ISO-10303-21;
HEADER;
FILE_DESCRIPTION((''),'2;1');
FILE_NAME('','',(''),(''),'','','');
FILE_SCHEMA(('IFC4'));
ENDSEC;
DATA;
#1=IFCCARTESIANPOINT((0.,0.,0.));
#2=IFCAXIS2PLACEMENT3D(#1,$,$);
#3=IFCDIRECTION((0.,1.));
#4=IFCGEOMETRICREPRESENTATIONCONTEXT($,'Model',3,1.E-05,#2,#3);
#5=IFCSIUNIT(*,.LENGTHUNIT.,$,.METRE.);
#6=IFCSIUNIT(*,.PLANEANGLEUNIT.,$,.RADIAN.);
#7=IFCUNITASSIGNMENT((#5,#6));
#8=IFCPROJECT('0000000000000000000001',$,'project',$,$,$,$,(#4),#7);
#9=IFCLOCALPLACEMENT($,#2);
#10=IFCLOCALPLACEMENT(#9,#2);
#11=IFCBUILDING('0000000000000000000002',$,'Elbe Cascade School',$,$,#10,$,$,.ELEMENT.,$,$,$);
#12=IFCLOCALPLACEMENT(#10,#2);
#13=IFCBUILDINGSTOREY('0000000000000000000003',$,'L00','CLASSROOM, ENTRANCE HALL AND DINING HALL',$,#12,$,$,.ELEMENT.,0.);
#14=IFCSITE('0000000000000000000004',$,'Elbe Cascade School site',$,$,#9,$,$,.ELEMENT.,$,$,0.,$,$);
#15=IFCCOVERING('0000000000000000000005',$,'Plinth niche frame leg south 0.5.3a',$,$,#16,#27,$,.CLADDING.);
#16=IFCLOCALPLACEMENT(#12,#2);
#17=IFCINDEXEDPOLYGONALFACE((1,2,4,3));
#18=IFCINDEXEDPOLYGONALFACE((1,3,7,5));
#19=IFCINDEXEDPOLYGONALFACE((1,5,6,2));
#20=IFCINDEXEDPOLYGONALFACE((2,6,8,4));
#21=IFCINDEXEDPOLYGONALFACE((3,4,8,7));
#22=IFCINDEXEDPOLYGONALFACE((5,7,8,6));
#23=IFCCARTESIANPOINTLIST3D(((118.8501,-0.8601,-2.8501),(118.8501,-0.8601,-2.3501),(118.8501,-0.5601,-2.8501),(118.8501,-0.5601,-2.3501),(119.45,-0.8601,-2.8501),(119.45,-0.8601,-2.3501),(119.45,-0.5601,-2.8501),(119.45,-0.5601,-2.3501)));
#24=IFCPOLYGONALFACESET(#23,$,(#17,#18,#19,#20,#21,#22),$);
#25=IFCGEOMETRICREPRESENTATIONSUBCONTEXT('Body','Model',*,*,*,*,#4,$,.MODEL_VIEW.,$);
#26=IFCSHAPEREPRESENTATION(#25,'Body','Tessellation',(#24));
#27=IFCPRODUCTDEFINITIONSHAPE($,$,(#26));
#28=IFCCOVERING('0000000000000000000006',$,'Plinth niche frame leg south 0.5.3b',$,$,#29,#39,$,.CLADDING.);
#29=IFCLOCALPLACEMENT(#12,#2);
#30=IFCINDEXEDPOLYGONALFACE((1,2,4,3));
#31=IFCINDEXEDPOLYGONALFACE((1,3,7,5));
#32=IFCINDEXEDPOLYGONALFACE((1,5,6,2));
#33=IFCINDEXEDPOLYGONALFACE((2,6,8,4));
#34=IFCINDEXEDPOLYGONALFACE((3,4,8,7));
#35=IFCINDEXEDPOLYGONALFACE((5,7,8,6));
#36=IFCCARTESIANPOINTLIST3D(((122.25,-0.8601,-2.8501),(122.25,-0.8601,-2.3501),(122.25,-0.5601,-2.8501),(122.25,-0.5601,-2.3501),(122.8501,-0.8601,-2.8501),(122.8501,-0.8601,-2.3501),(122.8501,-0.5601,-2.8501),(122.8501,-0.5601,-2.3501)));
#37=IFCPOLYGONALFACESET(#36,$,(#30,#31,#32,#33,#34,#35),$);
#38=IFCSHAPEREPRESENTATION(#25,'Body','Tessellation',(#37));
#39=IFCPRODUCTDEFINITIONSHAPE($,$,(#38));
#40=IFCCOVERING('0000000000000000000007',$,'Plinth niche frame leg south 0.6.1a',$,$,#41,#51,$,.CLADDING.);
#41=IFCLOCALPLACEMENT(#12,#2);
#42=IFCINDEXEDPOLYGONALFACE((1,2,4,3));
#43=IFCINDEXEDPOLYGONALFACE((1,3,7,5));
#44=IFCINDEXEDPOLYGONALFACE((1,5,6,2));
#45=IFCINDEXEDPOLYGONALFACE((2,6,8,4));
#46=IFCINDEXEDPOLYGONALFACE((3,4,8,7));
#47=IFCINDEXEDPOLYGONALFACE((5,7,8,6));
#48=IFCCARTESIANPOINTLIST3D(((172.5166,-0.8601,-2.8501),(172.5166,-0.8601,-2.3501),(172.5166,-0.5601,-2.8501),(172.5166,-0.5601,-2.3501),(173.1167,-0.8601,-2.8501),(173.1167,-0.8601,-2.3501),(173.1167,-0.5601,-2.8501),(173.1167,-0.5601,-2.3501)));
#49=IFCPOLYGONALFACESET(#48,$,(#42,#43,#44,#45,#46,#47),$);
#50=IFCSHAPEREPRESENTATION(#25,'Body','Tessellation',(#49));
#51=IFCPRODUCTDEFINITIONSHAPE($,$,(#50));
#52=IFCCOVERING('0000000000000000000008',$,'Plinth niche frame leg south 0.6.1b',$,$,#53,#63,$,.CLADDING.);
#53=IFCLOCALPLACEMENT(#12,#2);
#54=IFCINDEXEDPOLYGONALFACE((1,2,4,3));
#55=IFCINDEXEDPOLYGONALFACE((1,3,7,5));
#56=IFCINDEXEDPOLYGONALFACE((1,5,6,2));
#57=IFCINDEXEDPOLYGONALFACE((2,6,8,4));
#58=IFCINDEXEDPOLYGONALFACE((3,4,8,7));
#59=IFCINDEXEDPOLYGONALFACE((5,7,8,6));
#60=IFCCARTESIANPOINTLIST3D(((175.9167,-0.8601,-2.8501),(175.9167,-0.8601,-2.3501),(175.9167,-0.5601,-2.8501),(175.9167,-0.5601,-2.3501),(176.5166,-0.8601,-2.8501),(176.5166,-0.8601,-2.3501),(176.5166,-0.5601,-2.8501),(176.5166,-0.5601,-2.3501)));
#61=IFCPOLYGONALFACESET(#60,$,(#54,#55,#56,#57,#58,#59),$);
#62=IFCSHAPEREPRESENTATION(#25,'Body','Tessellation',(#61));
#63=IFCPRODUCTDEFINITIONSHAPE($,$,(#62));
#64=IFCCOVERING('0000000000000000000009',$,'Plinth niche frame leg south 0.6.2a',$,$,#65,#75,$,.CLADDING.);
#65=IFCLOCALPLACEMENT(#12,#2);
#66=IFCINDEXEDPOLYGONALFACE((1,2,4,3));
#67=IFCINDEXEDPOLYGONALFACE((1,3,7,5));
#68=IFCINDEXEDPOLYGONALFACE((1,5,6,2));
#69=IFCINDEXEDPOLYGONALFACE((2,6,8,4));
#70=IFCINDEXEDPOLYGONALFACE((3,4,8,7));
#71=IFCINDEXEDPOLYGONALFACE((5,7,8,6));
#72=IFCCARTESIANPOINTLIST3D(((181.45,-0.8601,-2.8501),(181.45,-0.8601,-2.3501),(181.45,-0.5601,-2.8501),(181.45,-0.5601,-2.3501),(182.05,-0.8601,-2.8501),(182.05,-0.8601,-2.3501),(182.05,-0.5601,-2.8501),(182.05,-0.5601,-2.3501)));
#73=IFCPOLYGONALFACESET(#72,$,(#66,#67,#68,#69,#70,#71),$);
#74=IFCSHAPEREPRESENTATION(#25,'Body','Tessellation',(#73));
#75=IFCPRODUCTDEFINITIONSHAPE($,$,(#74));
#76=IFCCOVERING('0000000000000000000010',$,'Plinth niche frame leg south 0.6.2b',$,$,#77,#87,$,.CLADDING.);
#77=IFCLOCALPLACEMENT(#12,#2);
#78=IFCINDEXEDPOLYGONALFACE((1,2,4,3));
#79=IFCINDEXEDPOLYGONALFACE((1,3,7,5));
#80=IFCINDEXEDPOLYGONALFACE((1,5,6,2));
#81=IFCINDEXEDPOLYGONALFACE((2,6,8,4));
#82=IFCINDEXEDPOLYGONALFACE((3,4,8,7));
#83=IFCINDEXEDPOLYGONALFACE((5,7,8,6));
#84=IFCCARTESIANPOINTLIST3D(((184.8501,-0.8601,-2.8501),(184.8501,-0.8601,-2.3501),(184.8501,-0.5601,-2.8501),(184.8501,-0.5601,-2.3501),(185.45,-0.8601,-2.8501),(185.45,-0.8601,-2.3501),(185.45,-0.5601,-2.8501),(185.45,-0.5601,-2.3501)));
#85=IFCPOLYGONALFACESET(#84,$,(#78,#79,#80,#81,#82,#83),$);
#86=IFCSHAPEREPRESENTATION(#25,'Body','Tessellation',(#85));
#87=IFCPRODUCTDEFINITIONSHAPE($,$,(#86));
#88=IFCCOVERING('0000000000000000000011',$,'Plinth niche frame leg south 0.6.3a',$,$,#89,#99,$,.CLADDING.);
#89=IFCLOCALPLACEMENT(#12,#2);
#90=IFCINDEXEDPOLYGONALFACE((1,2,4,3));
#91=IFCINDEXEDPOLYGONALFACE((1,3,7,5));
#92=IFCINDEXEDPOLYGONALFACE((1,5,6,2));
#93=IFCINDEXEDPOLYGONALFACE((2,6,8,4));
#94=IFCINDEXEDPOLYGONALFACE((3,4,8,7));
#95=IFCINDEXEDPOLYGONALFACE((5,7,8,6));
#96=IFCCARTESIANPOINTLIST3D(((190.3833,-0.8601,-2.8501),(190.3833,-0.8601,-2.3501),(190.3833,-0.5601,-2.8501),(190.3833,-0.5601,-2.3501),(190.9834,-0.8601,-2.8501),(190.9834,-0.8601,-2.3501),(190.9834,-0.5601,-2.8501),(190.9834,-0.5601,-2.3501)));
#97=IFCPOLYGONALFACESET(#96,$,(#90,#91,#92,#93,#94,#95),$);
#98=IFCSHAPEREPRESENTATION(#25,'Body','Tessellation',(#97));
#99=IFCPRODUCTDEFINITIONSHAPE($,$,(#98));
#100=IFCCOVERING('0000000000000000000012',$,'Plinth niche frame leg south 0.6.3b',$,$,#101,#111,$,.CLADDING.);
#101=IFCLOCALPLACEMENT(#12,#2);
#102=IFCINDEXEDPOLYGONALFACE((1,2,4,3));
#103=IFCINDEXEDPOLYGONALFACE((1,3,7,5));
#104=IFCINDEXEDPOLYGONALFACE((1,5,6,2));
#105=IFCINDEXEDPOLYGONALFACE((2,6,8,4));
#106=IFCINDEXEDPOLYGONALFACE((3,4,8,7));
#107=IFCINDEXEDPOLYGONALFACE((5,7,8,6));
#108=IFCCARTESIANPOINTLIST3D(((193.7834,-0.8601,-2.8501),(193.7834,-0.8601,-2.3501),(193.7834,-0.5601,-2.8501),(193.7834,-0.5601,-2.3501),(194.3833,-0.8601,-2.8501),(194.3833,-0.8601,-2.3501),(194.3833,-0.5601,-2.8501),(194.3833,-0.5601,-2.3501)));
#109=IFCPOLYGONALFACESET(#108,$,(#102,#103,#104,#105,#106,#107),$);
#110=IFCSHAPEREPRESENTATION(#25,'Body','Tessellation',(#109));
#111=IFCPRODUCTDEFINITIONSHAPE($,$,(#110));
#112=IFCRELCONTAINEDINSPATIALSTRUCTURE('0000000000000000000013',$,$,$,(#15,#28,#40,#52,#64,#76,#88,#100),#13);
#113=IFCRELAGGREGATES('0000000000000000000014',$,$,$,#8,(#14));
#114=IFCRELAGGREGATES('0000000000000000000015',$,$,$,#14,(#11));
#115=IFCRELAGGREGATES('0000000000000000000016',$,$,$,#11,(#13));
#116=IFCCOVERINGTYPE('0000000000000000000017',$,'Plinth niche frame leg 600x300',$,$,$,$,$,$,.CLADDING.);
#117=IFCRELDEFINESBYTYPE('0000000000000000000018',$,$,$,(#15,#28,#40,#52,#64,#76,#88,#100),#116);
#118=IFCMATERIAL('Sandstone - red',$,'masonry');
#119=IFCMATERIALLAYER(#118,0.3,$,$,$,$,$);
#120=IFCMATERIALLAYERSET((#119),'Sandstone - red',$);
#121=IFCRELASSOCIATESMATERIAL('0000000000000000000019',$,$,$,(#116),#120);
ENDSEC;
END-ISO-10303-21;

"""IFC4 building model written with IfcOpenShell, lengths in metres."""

from ifc_helpers import new_model, si_unit, direction, frame, origin, place, context, subcontext, project, spatial, polyline, outline, extrude, material, layer, layer_set, type_object, element, save


model = new_model("IFC4")

# Units and contexts
model_context = context("Model", 3, precision=1e-05, world=origin(), true_north=direction((0.0, 1.0)))
body_context = subcontext(model_context, "Body", "Model", "MODEL_VIEW")
ifc_project = project(units=[si_unit("LENGTHUNIT", "METRE"), si_unit("PLANEANGLEUNIT", "RADIAN")], contexts=[model_context])

# Site, building, storey
site_placement = place(None, origin())
site = spatial("IfcSite", under=ifc_project, at=site_placement, Name="Elbe Cascade School site", CompositionType="ELEMENT", RefElevation=0.0)
building_placement = place(site_placement, origin())
building = spatial("IfcBuilding", under=site, at=building_placement, Name="Elbe Cascade School", CompositionType="ELEMENT")
storey_placement = place(building_placement, origin())
storey = spatial("IfcBuildingStorey", under=building, at=storey_placement, Name="L00", Description="CLASSROOM, ENTRANCE HALL AND DINING HALL", CompositionType="ELEMENT", Elevation=0.0)

# Coverings
ifc_material = material(Name="Sandstone - red", Category="masonry")
ifc_layer = layer(ifc_material, 0.3)
ifc_layer_set = layer_set([ifc_layer], Name="Sandstone - red")
covering_type = type_object("IfcCoveringType", Name="Plinth niche frame leg 600x300", PredefinedType="CLADDING", material=ifc_layer_set)
covering_1_placement = place(storey_placement, frame((0.0, 0.0, -2.8501)))
element("IfcCovering", 1, at=covering_1_placement, inside=storey, type_object=covering_type, Name="Plinth niche frame leg south 0.5.3a", PredefinedType="CLADDING", context=body_context, shape_type="SweptSolid", body=[
    extrude(outline(polyline([(118.8501, -0.8601), (119.45, -0.8601), (119.45, -0.5601), (118.8501, -0.5601), (118.8501, -0.8601)])), origin(), (0.0, 0.0, 1.0), 0.5),
])
covering_2_placement = place(storey_placement, frame((0.0, 0.0, -2.8501)))
element("IfcCovering", 2, at=covering_2_placement, inside=storey, type_object=covering_type, Name="Plinth niche frame leg south 0.5.3b", PredefinedType="CLADDING", context=body_context, shape_type="SweptSolid", body=[
    extrude(outline(polyline([(122.25, -0.8601), (122.8501, -0.8601), (122.8501, -0.5601), (122.25, -0.5601), (122.25, -0.8601)])), origin(), (0.0, 0.0, 1.0), 0.5),
])
covering_3_placement = place(storey_placement, frame((0.0, 0.0, -2.8501)))
element("IfcCovering", 3, at=covering_3_placement, inside=storey, type_object=covering_type, Name="Plinth niche frame leg south 0.6.1a", PredefinedType="CLADDING", context=body_context, shape_type="SweptSolid", body=[
    extrude(outline(polyline([(172.5166, -0.8601), (173.1167, -0.8601), (173.1167, -0.5601), (172.5166, -0.5601), (172.5166, -0.8601)])), origin(), (0.0, 0.0, 1.0), 0.5),
])
covering_4_placement = place(storey_placement, frame((0.0, 0.0, -2.8501)))
element("IfcCovering", 4, at=covering_4_placement, inside=storey, type_object=covering_type, Name="Plinth niche frame leg south 0.6.1b", PredefinedType="CLADDING", context=body_context, shape_type="SweptSolid", body=[
    extrude(outline(polyline([(175.9167, -0.8601), (176.5166, -0.8601), (176.5166, -0.5601), (175.9167, -0.5601), (175.9167, -0.8601)])), origin(), (0.0, 0.0, 1.0), 0.5),
])
covering_5_placement = place(storey_placement, frame((0.0, 0.0, -2.8501)))
element("IfcCovering", 5, at=covering_5_placement, inside=storey, type_object=covering_type, Name="Plinth niche frame leg south 0.6.2a", PredefinedType="CLADDING", context=body_context, shape_type="SweptSolid", body=[
    extrude(outline(polyline([(181.45, -0.8601), (182.05, -0.8601), (182.05, -0.5601), (181.45, -0.5601), (181.45, -0.8601)])), origin(), (0.0, 0.0, 1.0), 0.5),
])
covering_6_placement = place(storey_placement, frame((0.0, 0.0, -2.8501)))
element("IfcCovering", 6, at=covering_6_placement, inside=storey, type_object=covering_type, Name="Plinth niche frame leg south 0.6.2b", PredefinedType="CLADDING", context=body_context, shape_type="SweptSolid", body=[
    extrude(outline(polyline([(184.8501, -0.8601), (185.45, -0.8601), (185.45, -0.5601), (184.8501, -0.5601), (184.8501, -0.8601)])), origin(), (0.0, 0.0, 1.0), 0.5),
])
covering_7_placement = place(storey_placement, frame((0.0, 0.0, -2.8501)))
element("IfcCovering", 7, at=covering_7_placement, inside=storey, type_object=covering_type, Name="Plinth niche frame leg south 0.6.3a", PredefinedType="CLADDING", context=body_context, shape_type="SweptSolid", body=[
    extrude(outline(polyline([(190.3833, -0.8601), (190.9834, -0.8601), (190.9834, -0.5601), (190.3833, -0.5601), (190.3833, -0.8601)])), origin(), (0.0, 0.0, 1.0), 0.5),
])
covering_8_placement = place(storey_placement, frame((0.0, 0.0, -2.8501)))
element("IfcCovering", 8, at=covering_8_placement, inside=storey, type_object=covering_type, Name="Plinth niche frame leg south 0.6.3b", PredefinedType="CLADDING", context=body_context, shape_type="SweptSolid", body=[
    extrude(outline(polyline([(193.7834, -0.8601), (194.3833, -0.8601), (194.3833, -0.5601), (193.7834, -0.5601), (193.7834, -0.8601)])), origin(), (0.0, 0.0, 1.0), 0.5),
])

save(model, "model.ifc")
